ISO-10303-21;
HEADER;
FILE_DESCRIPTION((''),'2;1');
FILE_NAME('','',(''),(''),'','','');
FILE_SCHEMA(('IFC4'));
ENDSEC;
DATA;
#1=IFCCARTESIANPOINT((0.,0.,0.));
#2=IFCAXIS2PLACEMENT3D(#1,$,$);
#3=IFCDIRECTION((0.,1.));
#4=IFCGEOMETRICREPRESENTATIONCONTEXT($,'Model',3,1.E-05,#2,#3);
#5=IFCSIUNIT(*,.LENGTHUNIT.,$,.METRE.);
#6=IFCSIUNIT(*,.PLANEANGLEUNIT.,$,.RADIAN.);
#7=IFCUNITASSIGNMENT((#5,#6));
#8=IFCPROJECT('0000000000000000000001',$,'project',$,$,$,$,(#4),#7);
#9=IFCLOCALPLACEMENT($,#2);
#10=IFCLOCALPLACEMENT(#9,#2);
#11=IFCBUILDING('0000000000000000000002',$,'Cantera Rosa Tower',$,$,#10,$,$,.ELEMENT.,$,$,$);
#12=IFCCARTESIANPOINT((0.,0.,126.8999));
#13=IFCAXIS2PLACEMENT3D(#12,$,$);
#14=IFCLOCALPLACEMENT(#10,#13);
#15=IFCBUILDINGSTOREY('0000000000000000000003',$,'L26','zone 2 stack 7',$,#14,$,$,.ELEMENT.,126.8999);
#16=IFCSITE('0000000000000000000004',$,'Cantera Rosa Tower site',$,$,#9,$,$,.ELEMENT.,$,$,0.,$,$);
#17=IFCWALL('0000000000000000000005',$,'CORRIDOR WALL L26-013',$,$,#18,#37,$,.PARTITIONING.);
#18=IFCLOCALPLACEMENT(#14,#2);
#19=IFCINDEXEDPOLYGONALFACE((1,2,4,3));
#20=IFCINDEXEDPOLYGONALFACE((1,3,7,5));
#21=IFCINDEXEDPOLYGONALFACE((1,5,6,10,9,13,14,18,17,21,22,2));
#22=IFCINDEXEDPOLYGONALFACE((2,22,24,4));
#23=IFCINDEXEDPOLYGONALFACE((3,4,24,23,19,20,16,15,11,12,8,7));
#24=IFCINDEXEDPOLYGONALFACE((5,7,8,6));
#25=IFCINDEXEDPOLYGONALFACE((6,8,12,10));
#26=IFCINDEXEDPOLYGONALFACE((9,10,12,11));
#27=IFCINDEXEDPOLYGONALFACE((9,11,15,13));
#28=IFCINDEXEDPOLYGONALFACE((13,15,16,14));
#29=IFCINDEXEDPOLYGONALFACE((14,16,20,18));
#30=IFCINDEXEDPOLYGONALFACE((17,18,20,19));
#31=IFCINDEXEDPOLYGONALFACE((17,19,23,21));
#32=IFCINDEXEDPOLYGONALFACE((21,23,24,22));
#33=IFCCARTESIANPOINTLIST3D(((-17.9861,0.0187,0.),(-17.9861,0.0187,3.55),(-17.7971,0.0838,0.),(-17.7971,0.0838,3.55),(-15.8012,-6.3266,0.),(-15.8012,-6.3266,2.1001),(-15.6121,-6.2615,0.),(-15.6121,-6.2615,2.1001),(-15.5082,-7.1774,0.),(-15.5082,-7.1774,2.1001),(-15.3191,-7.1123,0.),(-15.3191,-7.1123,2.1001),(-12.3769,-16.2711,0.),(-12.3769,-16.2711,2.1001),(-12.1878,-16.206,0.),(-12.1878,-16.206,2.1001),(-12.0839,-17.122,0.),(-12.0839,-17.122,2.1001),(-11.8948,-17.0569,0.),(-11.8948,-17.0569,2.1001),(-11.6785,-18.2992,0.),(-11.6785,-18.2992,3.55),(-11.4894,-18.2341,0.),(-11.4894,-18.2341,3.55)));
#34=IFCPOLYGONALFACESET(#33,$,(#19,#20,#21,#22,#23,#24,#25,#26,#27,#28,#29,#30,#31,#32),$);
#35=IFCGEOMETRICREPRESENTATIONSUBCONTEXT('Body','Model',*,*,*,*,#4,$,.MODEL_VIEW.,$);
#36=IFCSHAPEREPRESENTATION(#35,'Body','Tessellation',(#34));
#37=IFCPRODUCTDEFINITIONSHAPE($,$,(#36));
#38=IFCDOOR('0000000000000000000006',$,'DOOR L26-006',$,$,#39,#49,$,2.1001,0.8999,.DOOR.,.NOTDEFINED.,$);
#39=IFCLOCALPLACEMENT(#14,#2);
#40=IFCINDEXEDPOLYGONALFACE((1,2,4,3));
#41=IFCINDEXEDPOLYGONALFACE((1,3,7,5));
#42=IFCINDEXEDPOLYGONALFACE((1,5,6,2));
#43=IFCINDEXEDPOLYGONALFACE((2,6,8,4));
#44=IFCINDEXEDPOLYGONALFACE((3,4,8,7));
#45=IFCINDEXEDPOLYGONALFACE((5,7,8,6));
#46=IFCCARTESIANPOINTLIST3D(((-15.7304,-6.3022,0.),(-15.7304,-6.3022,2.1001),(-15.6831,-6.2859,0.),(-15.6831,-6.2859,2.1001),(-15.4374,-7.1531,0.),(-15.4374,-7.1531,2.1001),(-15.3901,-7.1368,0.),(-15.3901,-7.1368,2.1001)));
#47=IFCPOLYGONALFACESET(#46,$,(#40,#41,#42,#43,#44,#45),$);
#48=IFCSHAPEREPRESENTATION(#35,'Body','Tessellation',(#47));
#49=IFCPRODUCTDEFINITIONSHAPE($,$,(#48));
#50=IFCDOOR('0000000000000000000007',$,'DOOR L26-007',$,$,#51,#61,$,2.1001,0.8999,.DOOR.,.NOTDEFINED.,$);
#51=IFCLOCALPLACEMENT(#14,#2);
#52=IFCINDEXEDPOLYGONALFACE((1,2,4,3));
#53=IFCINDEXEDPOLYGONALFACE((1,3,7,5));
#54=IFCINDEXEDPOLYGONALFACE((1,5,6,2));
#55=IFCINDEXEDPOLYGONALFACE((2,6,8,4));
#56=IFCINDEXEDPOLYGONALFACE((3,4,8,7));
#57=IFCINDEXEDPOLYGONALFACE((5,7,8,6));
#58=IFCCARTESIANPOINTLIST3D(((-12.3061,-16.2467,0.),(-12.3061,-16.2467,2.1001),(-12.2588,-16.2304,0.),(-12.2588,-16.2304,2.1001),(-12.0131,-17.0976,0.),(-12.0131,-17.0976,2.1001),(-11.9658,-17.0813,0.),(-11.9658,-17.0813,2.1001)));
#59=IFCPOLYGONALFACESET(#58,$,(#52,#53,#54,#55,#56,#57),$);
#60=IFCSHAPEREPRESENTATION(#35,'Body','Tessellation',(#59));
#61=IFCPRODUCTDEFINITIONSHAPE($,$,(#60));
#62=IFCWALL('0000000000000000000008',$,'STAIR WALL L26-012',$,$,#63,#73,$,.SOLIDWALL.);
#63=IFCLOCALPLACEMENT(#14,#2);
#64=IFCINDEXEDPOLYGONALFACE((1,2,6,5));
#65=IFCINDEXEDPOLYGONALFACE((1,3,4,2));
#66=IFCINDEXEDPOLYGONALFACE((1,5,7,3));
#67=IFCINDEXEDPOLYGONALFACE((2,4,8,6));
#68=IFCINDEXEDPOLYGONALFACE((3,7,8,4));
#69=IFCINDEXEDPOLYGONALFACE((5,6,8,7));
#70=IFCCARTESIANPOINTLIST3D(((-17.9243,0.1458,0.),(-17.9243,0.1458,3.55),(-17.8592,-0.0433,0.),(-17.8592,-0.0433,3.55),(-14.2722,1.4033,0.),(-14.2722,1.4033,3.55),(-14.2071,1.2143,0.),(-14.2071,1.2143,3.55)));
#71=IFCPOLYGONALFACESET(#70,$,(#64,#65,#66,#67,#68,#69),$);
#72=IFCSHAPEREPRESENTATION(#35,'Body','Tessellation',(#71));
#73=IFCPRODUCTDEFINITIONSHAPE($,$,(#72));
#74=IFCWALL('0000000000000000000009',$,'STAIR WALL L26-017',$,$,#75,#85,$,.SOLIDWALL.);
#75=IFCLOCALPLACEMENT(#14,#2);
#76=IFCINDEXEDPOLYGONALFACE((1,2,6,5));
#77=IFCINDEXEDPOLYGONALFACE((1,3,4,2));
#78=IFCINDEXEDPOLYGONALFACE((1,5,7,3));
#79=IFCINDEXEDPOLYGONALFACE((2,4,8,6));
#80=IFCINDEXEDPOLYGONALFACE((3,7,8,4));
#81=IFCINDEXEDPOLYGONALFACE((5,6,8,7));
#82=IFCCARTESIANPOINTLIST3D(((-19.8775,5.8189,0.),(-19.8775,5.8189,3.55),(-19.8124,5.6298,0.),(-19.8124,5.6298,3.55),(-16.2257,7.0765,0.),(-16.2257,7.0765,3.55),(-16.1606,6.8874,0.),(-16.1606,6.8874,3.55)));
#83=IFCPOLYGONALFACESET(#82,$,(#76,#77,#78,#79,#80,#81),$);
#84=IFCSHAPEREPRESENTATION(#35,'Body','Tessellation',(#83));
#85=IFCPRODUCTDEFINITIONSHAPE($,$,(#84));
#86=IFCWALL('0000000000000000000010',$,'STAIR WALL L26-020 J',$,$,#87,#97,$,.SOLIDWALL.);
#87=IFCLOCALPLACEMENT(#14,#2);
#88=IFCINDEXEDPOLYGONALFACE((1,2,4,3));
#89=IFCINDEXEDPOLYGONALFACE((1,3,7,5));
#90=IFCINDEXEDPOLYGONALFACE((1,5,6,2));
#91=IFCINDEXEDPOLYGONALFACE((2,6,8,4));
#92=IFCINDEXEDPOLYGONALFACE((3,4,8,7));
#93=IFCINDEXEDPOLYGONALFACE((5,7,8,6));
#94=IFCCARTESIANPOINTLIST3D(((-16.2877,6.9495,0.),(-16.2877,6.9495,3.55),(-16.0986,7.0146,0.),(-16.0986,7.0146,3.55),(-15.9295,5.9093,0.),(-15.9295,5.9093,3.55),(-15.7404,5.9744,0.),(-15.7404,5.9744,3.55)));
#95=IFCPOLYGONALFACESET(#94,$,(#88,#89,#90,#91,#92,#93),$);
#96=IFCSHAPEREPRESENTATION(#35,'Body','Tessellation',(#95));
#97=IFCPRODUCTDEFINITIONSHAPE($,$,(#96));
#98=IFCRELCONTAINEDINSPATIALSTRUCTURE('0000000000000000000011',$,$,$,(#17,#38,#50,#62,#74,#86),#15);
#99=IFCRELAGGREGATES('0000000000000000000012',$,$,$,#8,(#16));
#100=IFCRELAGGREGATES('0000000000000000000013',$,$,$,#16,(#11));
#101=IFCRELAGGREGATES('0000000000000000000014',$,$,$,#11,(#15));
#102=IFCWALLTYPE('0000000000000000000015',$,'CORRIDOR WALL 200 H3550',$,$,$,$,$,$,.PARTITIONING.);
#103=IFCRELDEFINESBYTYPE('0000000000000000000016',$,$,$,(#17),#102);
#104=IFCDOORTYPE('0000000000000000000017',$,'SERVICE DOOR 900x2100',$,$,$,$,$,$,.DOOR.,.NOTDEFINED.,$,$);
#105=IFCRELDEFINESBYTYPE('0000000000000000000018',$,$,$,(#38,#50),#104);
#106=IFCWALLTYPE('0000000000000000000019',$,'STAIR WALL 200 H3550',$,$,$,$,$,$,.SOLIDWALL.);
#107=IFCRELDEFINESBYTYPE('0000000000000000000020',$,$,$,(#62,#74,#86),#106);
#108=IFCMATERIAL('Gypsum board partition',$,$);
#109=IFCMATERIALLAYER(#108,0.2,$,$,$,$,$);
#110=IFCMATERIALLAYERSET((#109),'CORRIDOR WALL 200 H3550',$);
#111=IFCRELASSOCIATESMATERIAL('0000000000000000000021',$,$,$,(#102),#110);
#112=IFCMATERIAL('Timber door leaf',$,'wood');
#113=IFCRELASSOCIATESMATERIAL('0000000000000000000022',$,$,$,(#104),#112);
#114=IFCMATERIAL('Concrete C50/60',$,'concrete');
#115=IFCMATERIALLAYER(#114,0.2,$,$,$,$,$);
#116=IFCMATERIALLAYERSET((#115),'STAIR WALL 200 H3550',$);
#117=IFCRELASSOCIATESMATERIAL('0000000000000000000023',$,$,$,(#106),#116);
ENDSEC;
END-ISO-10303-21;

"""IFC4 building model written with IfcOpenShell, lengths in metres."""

from ifc_helpers import new_model, si_unit, direction, frame, frame_2d, origin, place, context, subcontext, project, spatial, rectangle, extrude, material, layer, layer_set, type_object, element, fill, save


model = new_model("IFC4")

# Units and contexts
model_context = context("Model", 3, precision=1e-05, world=origin(), true_north=direction((0.0, 1.0)))
body_context = subcontext(model_context, "Body", "Model", "MODEL_VIEW")
ifc_project = project(units=[si_unit("LENGTHUNIT", "METRE"), si_unit("PLANEANGLEUNIT", "RADIAN")], contexts=[model_context])

# Site, building, storey
site_placement = place(None, origin())
site = spatial("IfcSite", under=ifc_project, at=site_placement, Name="Cantera Rosa Tower site", CompositionType="ELEMENT", RefElevation=0.0)
building_placement = place(site_placement, origin())
building = spatial("IfcBuilding", under=site, at=building_placement, Name="Cantera Rosa Tower", CompositionType="ELEMENT")
storey_placement = place(building_placement, frame((0.0, 0.0, 126.8999)))
storey = spatial("IfcBuildingStorey", under=building, at=storey_placement, Name="L26", Description="zone 2 stack 7", CompositionType="ELEMENT", Elevation=126.8999)

# Wall, openings, doors
ifc_material_1 = material(Name="Gypsum board partition")
ifc_layer_1 = layer(ifc_material_1, 0.2)
ifc_layer_set_1 = layer_set([ifc_layer_1], Name="CORRIDOR WALL 200 H3550")
wall_type_1 = type_object("IfcWallType", Name="CORRIDOR WALL 200 H3550", PredefinedType="PARTITIONING", material=ifc_layer_set_1)
wall_1_placement = place(storey_placement, frame((-17.8916, 0.0513, 0.0), z_axis=(0.0, 0.0, 1.0), x_axis=(0.325581, -0.945514, 0.0)))
wall_1 = element("IfcWall", 1, at=wall_1_placement, inside=storey, type_object=wall_type_1, Name="CORRIDOR WALL L26-013", PredefinedType="PARTITIONING", context=body_context, shape_type="SweptSolid", body=[
    extrude(rectangle(XDim=19.3735, YDim=0.2, at=frame_2d((9.6868, 0.0))), origin(), (0.0, 0.0, 1.0), 3.55),
])
opening_1_placement = place(wall_1_placement, frame((6.7109, 0.0, 0.0)))
opening_1 = element("IfcOpeningElement", 2, at=opening_1_placement, cuts=wall_1, PredefinedType="OPENING", context=body_context, shape_type="SweptSolid", body=[
    extrude(rectangle(XDim=0.8999, YDim=2.1001, at=frame_2d((0.45, 1.05))), frame((0.0, 0.1099, 0.0), z_axis=(0.0, -1.0, 0.0), x_axis=(1.0, 0.0, 0.0)), (0.0, 0.0, 1.0), 0.22),
])
opening_2_placement = place(wall_1_placement, frame((17.2285, 0.0, 0.0)))
opening_2 = element("IfcOpeningElement", 3, at=opening_2_placement, cuts=wall_1, PredefinedType="OPENING", context=body_context, shape_type="SweptSolid", body=[
    extrude(rectangle(XDim=0.8999, YDim=2.1001, at=frame_2d((0.45, 1.05))), frame((0.0, 0.1099, 0.0), z_axis=(0.0, -1.0, 0.0), x_axis=(1.0, 0.0, 0.0)), (0.0, 0.0, 1.0), 0.22),
])
ifc_material_2 = material(Name="Timber door leaf", Category="wood")
door_type = type_object("IfcDoorType", Name="SERVICE DOOR 900x2100", OperationType="NOTDEFINED", PredefinedType="DOOR", material=ifc_material_2)
door_1_placement = place(opening_1_placement, origin())
door_1 = element("IfcDoor", 4, at=door_1_placement, inside=storey, type_object=door_type, Name="DOOR L26-006", OperationType="NOTDEFINED", OverallHeight=2.1001, OverallWidth=0.8999, PredefinedType="DOOR", context=body_context, shape_type="SweptSolid", body=[
    extrude(rectangle(XDim=0.8999, YDim=2.1001, at=frame_2d((0.45, 1.05))), frame((0.0, 0.0249, 0.0), z_axis=(0.0, -1.0, 0.0), x_axis=(1.0, 0.0, 0.0)), (0.0, 0.0, 1.0), 0.05),
])
fill(opening_1, door_1)
door_2_placement = place(opening_2_placement, origin())
door_2 = element("IfcDoor", 5, at=door_2_placement, inside=storey, type_object=door_type, Name="DOOR L26-007", OperationType="NOTDEFINED", OverallHeight=2.1001, OverallWidth=0.8999, PredefinedType="DOOR", context=body_context, shape_type="SweptSolid", body=[
    extrude(rectangle(XDim=0.8999, YDim=2.1001, at=frame_2d((0.45, 1.05))), frame((0.0, 0.0249, 0.0), z_axis=(0.0, -1.0, 0.0), x_axis=(1.0, 0.0, 0.0)), (0.0, 0.0, 1.0), 0.05),
])
fill(opening_2, door_2)

# Walls
ifc_material_3 = material(Name="Concrete C50/60", Category="concrete")
ifc_layer_2 = layer(ifc_material_3, 0.2)
ifc_layer_set_2 = layer_set([ifc_layer_2], Name="STAIR WALL 200 H3550")
wall_type_2 = type_object("IfcWallType", Name="STAIR WALL 200 H3550", PredefinedType="SOLIDWALL", material=ifc_layer_set_2)
wall_2_placement = place(storey_placement, frame((-17.8916, 0.0513, 0.0), z_axis=(0.0, 0.0, 1.0), x_axis=(0.945515, 0.32558, 0.0)))
element("IfcWall", 6, at=wall_2_placement, inside=storey, type_object=wall_type_2, Name="STAIR WALL L26-012", PredefinedType="SOLIDWALL", context=body_context, shape_type="SweptSolid", body=[
    extrude(rectangle(XDim=3.8625, YDim=0.2, at=frame_2d((1.9312, 0.0))), origin(), (0.0, 0.0, 1.0), 3.55),
])
wall_3_placement = place(storey_placement, frame((-16.1931, 6.9819, 0.0), z_axis=(0.0, 0.0, 1.0), x_axis=(-0.945508, -0.325599, 0.0)))
element("IfcWall", 7, at=wall_3_placement, inside=storey, type_object=wall_type_2, Name="STAIR WALL L26-017", PredefinedType="SOLIDWALL", context=body_context, shape_type="SweptSolid", body=[
    extrude(rectangle(XDim=3.8623, YDim=0.2, at=frame_2d((1.9312, 0.0))), origin(), (0.0, 0.0, 1.0), 3.55),
])
wall_4_placement = place(storey_placement, frame((-15.835, 5.9419, 0.0), z_axis=(0.0, 0.0, 1.0), x_axis=(-0.325601, 0.945507, 0.0)))
element("IfcWall", 8, at=wall_4_placement, inside=storey, type_object=wall_type_2, Name="STAIR WALL L26-020 J", PredefinedType="SOLIDWALL", context=body_context, shape_type="SweptSolid", body=[
    extrude(rectangle(XDim=1.1001, YDim=0.2, at=frame_2d((0.55, 0.0))), origin(), (0.0, 0.0, 1.0), 3.55),
])

save(model, "model.ifc")
